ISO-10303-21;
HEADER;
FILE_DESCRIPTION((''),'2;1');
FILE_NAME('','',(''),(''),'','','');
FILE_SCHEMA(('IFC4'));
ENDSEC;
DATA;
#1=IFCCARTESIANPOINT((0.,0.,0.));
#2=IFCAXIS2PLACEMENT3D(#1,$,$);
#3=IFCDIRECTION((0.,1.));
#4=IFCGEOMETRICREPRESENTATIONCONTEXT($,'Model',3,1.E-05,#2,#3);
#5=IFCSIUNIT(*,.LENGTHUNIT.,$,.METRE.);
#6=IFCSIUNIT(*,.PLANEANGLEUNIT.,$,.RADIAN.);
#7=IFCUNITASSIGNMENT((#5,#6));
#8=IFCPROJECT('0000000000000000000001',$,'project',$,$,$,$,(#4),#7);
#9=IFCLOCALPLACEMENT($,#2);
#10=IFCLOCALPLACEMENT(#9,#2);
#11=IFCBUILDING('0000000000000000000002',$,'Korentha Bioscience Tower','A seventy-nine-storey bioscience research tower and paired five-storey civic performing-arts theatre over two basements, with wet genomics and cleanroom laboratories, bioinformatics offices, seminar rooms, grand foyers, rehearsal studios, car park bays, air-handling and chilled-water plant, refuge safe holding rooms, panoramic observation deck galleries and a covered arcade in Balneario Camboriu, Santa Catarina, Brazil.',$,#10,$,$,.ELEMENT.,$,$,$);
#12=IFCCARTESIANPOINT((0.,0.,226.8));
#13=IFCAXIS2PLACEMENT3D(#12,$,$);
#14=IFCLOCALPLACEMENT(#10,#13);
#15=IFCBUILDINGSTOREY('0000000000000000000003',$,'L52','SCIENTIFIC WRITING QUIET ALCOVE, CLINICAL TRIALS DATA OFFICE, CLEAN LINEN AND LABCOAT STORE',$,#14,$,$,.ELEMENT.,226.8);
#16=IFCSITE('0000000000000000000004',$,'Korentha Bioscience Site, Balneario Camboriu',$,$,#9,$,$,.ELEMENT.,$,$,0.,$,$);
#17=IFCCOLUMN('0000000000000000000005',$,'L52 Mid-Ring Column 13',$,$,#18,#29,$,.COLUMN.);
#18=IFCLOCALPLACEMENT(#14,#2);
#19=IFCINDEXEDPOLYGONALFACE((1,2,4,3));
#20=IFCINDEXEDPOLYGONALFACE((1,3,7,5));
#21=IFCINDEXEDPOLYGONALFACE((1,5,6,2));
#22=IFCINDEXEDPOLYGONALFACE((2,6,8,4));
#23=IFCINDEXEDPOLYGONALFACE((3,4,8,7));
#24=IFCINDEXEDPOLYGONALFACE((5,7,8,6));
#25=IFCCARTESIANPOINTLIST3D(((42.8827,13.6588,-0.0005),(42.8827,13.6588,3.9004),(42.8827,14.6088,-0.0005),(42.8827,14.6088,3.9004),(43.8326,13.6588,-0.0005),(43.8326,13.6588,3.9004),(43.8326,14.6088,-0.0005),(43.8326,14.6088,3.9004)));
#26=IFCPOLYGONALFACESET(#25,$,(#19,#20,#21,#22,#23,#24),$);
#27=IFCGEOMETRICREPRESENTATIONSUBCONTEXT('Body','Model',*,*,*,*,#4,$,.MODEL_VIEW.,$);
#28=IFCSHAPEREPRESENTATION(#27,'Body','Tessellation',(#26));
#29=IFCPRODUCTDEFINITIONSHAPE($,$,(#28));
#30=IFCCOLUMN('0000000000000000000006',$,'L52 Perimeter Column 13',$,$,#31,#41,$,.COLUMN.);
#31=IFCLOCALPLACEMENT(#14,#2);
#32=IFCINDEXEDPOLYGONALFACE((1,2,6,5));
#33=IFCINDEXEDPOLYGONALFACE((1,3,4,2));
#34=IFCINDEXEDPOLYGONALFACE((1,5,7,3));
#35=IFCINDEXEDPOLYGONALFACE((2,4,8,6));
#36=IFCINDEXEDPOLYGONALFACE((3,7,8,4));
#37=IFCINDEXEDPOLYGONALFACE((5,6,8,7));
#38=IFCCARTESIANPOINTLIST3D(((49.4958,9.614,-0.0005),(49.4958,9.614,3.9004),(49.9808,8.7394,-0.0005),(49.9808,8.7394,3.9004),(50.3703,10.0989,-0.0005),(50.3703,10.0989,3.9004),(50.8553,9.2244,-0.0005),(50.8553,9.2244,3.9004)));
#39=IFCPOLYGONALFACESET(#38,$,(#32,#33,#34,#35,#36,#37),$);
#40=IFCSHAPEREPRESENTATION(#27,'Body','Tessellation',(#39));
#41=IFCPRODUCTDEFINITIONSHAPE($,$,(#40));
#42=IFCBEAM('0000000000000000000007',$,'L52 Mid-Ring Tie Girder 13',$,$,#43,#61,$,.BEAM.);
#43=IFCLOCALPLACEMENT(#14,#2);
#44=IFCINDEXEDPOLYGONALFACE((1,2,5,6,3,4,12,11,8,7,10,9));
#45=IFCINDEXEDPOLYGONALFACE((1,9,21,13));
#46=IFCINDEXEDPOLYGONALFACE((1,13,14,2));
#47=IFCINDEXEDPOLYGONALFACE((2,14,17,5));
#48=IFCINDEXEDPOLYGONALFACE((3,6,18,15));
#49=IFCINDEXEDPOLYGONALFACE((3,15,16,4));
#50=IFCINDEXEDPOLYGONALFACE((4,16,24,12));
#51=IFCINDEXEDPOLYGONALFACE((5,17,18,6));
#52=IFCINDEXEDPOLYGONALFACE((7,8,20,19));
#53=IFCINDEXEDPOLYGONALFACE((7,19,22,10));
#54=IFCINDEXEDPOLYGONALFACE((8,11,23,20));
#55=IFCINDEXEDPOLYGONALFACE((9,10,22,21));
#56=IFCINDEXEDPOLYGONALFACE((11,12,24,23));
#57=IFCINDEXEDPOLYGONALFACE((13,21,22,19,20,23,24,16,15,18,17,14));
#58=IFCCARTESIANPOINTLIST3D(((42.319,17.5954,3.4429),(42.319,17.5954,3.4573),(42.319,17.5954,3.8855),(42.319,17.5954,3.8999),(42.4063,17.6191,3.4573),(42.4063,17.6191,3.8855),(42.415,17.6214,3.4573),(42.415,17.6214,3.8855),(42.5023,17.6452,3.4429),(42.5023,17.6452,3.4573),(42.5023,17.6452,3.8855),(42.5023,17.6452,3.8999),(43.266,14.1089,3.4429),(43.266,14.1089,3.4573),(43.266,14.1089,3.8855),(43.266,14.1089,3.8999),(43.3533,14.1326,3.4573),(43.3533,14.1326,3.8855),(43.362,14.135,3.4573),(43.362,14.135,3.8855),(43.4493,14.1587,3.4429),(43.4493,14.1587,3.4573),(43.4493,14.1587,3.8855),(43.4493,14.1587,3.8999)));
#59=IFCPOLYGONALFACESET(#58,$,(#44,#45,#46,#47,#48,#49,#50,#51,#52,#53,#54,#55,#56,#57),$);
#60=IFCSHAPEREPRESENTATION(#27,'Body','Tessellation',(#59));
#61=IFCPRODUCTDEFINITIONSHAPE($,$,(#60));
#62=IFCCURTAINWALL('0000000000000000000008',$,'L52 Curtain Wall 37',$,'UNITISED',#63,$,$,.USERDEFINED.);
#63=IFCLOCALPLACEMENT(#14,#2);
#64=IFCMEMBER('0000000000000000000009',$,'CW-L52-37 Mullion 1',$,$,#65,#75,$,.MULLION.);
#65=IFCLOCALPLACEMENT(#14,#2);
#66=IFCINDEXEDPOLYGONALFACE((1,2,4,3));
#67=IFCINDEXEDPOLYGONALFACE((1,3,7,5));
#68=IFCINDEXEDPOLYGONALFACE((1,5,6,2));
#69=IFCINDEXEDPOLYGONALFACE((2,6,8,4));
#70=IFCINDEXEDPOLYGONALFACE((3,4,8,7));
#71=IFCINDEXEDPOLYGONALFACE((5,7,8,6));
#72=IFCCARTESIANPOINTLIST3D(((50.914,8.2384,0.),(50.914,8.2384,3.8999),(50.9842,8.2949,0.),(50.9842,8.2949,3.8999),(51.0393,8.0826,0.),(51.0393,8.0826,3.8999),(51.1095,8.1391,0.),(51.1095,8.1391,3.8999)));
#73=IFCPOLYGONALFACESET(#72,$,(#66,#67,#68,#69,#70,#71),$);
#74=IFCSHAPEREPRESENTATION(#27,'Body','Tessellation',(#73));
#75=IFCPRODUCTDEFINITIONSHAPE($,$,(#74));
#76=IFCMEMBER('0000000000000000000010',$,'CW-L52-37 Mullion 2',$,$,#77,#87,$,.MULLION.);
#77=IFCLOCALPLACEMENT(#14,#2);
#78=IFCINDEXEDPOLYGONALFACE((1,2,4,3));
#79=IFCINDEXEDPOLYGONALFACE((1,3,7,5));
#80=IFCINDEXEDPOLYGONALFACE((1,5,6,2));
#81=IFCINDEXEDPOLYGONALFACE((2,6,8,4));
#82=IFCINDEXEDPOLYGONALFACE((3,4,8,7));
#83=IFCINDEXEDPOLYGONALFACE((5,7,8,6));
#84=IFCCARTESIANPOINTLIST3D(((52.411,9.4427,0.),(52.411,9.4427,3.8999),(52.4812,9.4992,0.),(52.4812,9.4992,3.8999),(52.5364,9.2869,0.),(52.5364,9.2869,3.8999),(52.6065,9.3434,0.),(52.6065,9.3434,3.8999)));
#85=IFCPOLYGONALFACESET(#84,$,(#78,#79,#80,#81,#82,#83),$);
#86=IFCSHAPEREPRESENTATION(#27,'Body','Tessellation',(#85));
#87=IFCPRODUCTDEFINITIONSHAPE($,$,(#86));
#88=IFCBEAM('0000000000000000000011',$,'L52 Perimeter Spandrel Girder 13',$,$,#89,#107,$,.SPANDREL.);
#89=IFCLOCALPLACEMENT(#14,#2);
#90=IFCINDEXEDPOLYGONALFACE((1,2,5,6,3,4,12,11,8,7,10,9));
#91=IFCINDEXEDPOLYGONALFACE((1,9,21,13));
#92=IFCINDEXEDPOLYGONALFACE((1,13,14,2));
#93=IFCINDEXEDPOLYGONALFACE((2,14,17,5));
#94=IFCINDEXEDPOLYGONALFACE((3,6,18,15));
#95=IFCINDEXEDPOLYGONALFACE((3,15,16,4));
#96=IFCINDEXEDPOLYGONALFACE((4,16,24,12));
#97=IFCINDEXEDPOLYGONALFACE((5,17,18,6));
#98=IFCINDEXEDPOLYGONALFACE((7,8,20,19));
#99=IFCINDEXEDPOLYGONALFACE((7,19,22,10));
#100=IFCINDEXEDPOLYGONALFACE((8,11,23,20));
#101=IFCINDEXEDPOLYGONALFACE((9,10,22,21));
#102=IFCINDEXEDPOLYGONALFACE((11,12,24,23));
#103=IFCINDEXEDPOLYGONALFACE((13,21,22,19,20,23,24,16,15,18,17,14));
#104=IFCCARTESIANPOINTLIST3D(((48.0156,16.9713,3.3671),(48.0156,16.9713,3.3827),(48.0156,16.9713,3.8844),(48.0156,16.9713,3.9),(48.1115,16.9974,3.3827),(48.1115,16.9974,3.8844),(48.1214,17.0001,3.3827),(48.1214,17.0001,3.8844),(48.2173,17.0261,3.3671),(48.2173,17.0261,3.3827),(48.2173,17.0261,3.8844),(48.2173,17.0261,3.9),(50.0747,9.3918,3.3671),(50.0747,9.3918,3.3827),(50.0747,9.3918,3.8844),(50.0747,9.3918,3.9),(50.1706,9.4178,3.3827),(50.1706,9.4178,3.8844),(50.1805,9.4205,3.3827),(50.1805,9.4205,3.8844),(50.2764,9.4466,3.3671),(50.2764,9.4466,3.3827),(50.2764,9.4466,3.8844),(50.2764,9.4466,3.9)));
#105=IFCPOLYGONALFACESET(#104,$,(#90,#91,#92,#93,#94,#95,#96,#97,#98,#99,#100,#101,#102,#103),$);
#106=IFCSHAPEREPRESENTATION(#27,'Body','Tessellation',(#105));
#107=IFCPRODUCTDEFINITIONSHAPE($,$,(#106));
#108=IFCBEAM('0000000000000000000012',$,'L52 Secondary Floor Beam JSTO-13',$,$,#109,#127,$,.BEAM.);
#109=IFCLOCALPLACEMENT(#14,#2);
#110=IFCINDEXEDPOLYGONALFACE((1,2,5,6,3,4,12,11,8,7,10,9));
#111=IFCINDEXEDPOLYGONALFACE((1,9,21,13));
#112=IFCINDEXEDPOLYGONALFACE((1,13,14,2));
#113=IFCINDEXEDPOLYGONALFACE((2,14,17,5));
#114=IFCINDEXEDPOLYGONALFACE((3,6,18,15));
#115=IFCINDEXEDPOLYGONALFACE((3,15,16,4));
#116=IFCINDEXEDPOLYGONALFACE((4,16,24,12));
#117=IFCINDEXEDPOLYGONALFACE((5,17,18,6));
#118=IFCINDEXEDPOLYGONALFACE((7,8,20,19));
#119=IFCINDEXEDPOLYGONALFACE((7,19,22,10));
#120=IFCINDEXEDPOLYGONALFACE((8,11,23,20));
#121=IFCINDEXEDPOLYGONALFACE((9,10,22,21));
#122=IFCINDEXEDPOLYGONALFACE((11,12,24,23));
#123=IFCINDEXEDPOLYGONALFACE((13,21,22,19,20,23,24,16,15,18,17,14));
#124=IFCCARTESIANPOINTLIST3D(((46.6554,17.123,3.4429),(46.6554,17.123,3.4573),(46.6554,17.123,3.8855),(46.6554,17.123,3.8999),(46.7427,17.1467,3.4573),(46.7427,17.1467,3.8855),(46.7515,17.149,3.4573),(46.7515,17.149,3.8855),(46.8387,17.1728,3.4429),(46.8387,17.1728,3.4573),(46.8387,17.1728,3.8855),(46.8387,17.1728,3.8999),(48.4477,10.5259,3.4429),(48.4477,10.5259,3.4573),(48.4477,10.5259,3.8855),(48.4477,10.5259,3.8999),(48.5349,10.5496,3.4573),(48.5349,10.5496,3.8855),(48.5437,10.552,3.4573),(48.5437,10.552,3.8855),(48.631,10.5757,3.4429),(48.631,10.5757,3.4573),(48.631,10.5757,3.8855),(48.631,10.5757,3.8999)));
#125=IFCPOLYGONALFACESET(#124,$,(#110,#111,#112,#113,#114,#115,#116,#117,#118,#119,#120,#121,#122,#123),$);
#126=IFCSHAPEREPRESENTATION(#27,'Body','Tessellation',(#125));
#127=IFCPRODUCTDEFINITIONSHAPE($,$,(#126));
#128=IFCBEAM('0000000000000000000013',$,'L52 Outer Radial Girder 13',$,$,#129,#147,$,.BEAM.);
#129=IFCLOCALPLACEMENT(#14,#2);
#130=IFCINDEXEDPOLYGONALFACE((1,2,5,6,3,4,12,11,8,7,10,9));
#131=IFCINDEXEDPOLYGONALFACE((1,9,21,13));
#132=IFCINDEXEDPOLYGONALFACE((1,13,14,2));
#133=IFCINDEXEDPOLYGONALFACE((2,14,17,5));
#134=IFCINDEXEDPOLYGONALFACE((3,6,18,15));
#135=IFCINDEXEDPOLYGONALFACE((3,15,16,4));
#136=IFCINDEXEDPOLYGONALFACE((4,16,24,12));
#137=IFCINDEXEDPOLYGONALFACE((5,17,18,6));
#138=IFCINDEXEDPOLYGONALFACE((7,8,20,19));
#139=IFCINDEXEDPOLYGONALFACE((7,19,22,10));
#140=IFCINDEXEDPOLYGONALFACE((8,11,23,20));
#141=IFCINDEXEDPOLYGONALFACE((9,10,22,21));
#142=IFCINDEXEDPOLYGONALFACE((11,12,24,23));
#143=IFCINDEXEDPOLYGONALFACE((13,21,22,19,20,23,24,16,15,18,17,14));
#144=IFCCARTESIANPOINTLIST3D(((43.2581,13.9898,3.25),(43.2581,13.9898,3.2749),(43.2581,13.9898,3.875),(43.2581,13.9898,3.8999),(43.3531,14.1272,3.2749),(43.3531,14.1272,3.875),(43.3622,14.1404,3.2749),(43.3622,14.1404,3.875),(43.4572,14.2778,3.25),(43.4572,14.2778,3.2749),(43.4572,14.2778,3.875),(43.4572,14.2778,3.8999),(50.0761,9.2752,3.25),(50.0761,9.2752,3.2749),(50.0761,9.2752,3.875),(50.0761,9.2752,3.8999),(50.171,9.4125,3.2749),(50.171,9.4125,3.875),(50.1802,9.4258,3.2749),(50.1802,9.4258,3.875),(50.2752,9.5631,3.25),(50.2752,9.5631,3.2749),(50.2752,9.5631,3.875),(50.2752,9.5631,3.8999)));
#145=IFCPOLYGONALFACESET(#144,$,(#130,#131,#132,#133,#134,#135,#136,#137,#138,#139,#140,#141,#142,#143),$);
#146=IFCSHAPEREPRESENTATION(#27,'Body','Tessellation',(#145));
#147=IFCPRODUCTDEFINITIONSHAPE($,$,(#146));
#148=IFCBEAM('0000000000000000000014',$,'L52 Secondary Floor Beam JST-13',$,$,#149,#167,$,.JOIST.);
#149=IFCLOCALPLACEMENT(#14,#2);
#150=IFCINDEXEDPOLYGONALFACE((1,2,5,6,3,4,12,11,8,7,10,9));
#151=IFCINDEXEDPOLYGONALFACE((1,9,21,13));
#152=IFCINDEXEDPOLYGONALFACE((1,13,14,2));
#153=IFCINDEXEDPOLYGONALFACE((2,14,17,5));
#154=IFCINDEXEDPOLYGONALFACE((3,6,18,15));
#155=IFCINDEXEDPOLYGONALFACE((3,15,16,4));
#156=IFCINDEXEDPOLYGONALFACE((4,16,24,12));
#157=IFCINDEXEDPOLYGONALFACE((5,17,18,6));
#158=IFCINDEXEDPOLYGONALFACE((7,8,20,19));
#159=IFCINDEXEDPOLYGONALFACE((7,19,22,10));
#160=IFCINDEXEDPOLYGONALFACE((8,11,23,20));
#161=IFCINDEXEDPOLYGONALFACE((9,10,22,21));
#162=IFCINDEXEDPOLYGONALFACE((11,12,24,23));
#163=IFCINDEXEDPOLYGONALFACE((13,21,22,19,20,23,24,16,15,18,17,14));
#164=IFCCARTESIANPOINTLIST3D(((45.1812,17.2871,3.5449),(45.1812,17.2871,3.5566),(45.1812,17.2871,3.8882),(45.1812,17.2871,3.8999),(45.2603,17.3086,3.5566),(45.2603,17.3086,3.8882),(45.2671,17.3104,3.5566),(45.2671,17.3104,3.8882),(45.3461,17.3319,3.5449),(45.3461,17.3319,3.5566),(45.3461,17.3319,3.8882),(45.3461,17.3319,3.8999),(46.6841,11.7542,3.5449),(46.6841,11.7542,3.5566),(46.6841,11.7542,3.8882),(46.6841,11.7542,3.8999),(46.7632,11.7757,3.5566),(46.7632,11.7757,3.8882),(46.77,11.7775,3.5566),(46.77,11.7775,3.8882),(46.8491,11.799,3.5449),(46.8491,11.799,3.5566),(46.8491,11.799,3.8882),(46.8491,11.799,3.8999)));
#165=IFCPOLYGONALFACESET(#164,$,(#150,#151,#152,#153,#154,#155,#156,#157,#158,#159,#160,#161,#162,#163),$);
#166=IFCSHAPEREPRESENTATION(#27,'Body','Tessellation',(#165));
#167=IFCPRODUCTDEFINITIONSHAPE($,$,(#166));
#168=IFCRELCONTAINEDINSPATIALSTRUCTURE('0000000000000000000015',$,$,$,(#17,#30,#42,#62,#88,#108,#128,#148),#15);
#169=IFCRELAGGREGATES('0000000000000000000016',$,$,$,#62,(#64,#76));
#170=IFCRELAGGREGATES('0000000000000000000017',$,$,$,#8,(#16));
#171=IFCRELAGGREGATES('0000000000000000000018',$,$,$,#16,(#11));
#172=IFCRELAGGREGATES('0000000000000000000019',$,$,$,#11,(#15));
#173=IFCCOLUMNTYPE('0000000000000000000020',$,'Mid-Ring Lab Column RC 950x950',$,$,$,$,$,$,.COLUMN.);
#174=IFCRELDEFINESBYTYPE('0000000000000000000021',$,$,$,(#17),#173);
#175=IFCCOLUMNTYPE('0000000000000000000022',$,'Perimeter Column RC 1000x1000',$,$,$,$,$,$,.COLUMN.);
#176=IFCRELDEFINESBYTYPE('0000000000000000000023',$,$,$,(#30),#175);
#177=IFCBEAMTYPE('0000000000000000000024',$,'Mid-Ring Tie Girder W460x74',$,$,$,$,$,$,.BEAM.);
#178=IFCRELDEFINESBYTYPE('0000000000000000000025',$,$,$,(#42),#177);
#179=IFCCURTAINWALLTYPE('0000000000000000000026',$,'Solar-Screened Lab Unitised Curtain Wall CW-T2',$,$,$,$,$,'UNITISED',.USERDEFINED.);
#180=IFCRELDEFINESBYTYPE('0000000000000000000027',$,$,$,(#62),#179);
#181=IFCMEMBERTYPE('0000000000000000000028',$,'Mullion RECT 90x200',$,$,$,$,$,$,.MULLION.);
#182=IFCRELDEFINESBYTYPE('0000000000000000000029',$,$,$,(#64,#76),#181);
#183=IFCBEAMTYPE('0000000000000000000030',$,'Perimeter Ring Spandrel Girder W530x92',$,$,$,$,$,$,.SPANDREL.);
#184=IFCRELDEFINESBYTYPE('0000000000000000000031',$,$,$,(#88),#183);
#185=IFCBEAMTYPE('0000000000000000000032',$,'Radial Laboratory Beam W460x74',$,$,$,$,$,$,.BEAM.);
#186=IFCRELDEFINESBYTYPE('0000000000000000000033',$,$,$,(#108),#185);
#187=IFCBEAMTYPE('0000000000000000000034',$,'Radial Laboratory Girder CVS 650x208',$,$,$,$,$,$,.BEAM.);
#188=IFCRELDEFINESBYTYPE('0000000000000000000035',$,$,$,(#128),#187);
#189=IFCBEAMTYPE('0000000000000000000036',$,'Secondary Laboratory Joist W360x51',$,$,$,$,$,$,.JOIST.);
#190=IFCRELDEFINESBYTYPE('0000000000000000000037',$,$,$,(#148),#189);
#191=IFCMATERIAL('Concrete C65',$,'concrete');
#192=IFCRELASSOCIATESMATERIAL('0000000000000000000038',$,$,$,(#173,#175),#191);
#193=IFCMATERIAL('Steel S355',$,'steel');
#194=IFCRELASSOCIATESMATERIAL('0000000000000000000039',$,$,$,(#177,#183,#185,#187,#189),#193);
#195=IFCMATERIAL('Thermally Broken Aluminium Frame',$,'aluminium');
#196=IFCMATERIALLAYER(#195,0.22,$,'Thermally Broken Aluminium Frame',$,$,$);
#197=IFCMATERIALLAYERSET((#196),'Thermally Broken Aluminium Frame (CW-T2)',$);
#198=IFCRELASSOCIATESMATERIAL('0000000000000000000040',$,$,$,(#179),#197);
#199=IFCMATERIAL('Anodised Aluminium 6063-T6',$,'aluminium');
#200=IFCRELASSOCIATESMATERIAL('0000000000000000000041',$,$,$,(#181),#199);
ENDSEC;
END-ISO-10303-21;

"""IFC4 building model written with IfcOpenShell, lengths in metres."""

from ifc_helpers import new_model, si_unit, direction, frame, origin, origin_2d, place, context, subcontext, project, spatial, rectangle, i_section, extrude, material, layer, layer_set, material_profile, profile_set, type_object, element, aggregate, save


model = new_model("IFC4")

# Units and contexts
model_context = context("Model", 3, precision=1e-05, world=origin(), true_north=direction((0.0, 1.0)))
body_context = subcontext(model_context, "Body", "Model", "MODEL_VIEW")
ifc_project = project(units=[si_unit("LENGTHUNIT", "METRE"), si_unit("PLANEANGLEUNIT", "RADIAN")], contexts=[model_context])

# Site, building, storey
site_placement = place(None, origin())
site = spatial("IfcSite", under=ifc_project, at=site_placement, Name="Korentha Bioscience Site, Balneario Camboriu", CompositionType="ELEMENT", RefElevation=0.0)
building_placement = place(site_placement, origin())
building = spatial("IfcBuilding", under=site, at=building_placement, Name="Korentha Bioscience Tower", Description="A seventy-nine-storey bioscience research tower and paired five-storey civic performing-arts theatre over two basements, with wet genomics and cleanroom laboratories, bioinformatics offices, seminar rooms, grand foyers, rehearsal studios, car park bays, air-handling and chilled-water plant, refuge safe holding rooms, panoramic observation deck galleries and a covered arcade in Balneario Camboriu, Santa Catarina, Brazil.", CompositionType="ELEMENT")
storey_placement = place(building_placement, frame((0.0, 0.0, 226.8)))
storey = spatial("IfcBuildingStorey", under=building, at=storey_placement, Name="L52", Description="SCIENTIFIC WRITING QUIET ALCOVE, CLINICAL TRIALS DATA OFFICE, CLEAN LINEN AND LABCOAT STORE", CompositionType="ELEMENT", Elevation=226.8)

# Columns
ifc_material_1 = material(Name="Concrete C65", Category="concrete")
ifc_material_profile_1 = material_profile(ifc_material_1, rectangle(XDim=0.95, YDim=0.95, at=origin_2d()), Name="Concrete C65")
ifc_profile_set_1 = profile_set([ifc_material_profile_1], Name="Concrete C65 (COL-MR09)")
column_type_1 = type_object("IfcColumnType", Name="Mid-Ring Lab Column RC 950x950", PredefinedType="COLUMN", material=ifc_profile_set_1)
column_1_placement = place(storey_placement, frame((43.3577, 14.1338, -0.0005), z_axis=(0.0, 0.0, 1.0), x_axis=(1.0, 0.0, 0.0)))
element("IfcColumn", 1, at=column_1_placement, inside=storey, type_object=column_type_1, Name="L52 Mid-Ring Column 13", PredefinedType="COLUMN", context=body_context, shape_type="SweptSolid", body=[
    extrude(rectangle(XDim=0.95, YDim=0.95, at=origin_2d()), origin(), (0.0, 0.0, 1.0), 3.9009),
])
ifc_material_profile_2 = material_profile(ifc_material_1, rectangle(XDim=1.0, YDim=1.0, at=origin_2d()), Name="Concrete C65")
ifc_profile_set_2 = profile_set([ifc_material_profile_2], Name="Concrete C65 (COL-P10)")
column_type_2 = type_object("IfcColumnType", Name="Perimeter Column RC 1000x1000", PredefinedType="COLUMN", material=ifc_profile_set_2)
column_2_placement = place(storey_placement, frame((50.1755, 9.4192, -0.0005), z_axis=(0.0, 0.0, 1.0), x_axis=(0.874535, 0.484962, 0.0)))
element("IfcColumn", 2, at=column_2_placement, inside=storey, type_object=column_type_2, Name="L52 Perimeter Column 13", PredefinedType="COLUMN", context=body_context, shape_type="SweptSolid", body=[
    extrude(rectangle(XDim=1.0, YDim=1.0, at=origin_2d()), origin(), (0.0, 0.0, 1.0), 3.9009),
])

# Beam
ifc_material_2 = material(Name="Steel S355", Category="steel")
ifc_material_profile_3 = material_profile(ifc_material_2, i_section(OverallWidth=0.1899, OverallDepth=0.457, WebThickness=0.009, FlangeThickness=0.0144, at=origin_2d()), Name="Steel S355")
ifc_profile_set_3 = profile_set([ifc_material_profile_3], Name="Steel S355 (MB-460)")
beam_type_1 = type_object("IfcBeamType", Name="Mid-Ring Tie Girder W460x74", PredefinedType="BEAM", material=ifc_profile_set_3)
beam_1_placement = place(storey_placement, frame((43.3577, 14.1338, 3.6714), z_axis=(-0.262122, 0.965035, 0.0), x_axis=(-0.965035, -0.262122, 0.0)))
element("IfcBeam", 3, at=beam_1_placement, inside=storey, type_object=beam_type_1, Name="L52 Mid-Ring Tie Girder 13", PredefinedType="BEAM", context=body_context, shape_type="SweptSolid", body=[
    extrude(i_section(OverallWidth=0.1899, OverallDepth=0.457, WebThickness=0.009, FlangeThickness=0.0144, at=origin_2d()), origin(), (0.0, 0.0, 1.0), 3.6128),
])

# Curtain wall, members
ifc_material_3 = material(Name="Thermally Broken Aluminium Frame", Category="aluminium")
ifc_layer_1 = layer(ifc_material_3, 0.22, Name="Thermally Broken Aluminium Frame")
ifc_layer_set_1 = layer_set([ifc_layer_1], Name="Thermally Broken Aluminium Frame (CW-T2)")
curtain_wall_type = type_object("IfcCurtainWallType", Name="Solar-Screened Lab Unitised Curtain Wall CW-T2", ElementType="UNITISED", PredefinedType="USERDEFINED", material=ifc_layer_set_1)
curtain_wall_placement = place(storey_placement, origin())
curtain_wall = element("IfcCurtainWall", 4, at=curtain_wall_placement, inside=storey, type_object=curtain_wall_type, Name="L52 Curtain Wall 37", ObjectType="UNITISED", PredefinedType="USERDEFINED")
ifc_material_4 = material(Name="Anodised Aluminium 6063-T6", Category="aluminium")
ifc_material_profile_4 = material_profile(ifc_material_4, rectangle(XDim=0.0901, YDim=0.2, at=origin_2d()), Name="Anodised Aluminium 6063-T6")
ifc_profile_set_4 = profile_set([ifc_material_profile_4], Name="Anodised Aluminium 6063-T6 (CW-MUL)")
member_type_1 = type_object("IfcMemberType", Name="Mullion RECT 90x200", PredefinedType="MULLION", material=ifc_profile_set_4)
member_1_placement = place(storey_placement, frame((51.0117, 8.1887, 0.0), z_axis=(0.0, 0.0, 1.0), x_axis=(0.779198, 0.626778, 0.0)))
member_1 = element("IfcMember", 5, at=member_1_placement, type_object=member_type_1, Name="CW-L52-37 Mullion 1", PredefinedType="MULLION", context=body_context, shape_type="SweptSolid", body=[
    extrude(rectangle(XDim=0.0901, YDim=0.2, at=origin_2d()), origin(), (0.0, 0.0, 1.0), 3.8999),
])
member_2_placement = place(storey_placement, frame((52.5088, 9.3931, 0.0), z_axis=(0.0, 0.0, 1.0), x_axis=(0.779198, 0.626778, 0.0)))
member_2 = element("IfcMember", 6, at=member_2_placement, type_object=member_type_1, Name="CW-L52-37 Mullion 2", PredefinedType="MULLION", context=body_context, shape_type="SweptSolid", body=[
    extrude(rectangle(XDim=0.0901, YDim=0.2, at=origin_2d()), origin(), (0.0, 0.0, 1.0), 3.8999),
])

# Beams
ifc_material_profile_5 = material_profile(ifc_material_2, i_section(OverallWidth=0.209, OverallDepth=0.533, WebThickness=0.0103, FlangeThickness=0.0156, at=origin_2d()), Name="Steel S355")
ifc_profile_set_5 = profile_set([ifc_material_profile_5], Name="Steel S355 (SB-530)")
beam_type_2 = type_object("IfcBeamType", Name="Perimeter Ring Spandrel Girder W530x92", PredefinedType="SPANDREL", material=ifc_profile_set_5)
beam_2_placement = place(storey_placement, frame((50.1755, 9.4192, 3.6335), z_axis=(-0.26216, 0.965024, 0.0), x_axis=(-0.965024, -0.26216, 0.0)))
element("IfcBeam", 7, at=beam_2_placement, inside=storey, type_object=beam_type_2, Name="L52 Perimeter Spandrel Girder 13", PredefinedType="SPANDREL", context=body_context, shape_type="SweptSolid", body=[
    extrude(i_section(OverallWidth=0.209, OverallDepth=0.533, WebThickness=0.0103, FlangeThickness=0.0156, at=origin_2d()), origin(), (0.0, 0.0, 1.0), 7.8542),
])
ifc_material_profile_6 = material_profile(ifc_material_2, i_section(OverallWidth=0.1899, OverallDepth=0.457, WebThickness=0.009, FlangeThickness=0.0144, at=origin_2d()), Name="Steel S355")
ifc_profile_set_6 = profile_set([ifc_material_profile_6], Name="Steel S355 (RB-460)")
beam_type_3 = type_object("IfcBeamType", Name="Radial Laboratory Beam W460x74", PredefinedType="BEAM", material=ifc_profile_set_6)
beam_3_placement = place(storey_placement, frame((48.5393, 10.5508, 3.6714), z_axis=(-0.262165, 0.965023, 0.0), x_axis=(-0.965023, -0.262165, 0.0)))
element("IfcBeam", 8, at=beam_3_placement, inside=storey, type_object=beam_type_3, Name="L52 Secondary Floor Beam JSTO-13", PredefinedType="BEAM", context=body_context, shape_type="SweptSolid", body=[
    extrude(i_section(OverallWidth=0.1899, OverallDepth=0.457, WebThickness=0.009, FlangeThickness=0.0144, at=origin_2d()), origin(), (0.0, 0.0, 1.0), 6.8362),
])
ifc_material_profile_7 = material_profile(ifc_material_2, i_section(OverallWidth=0.3501, OverallDepth=0.6499, WebThickness=0.0161, FlangeThickness=0.0249, at=origin_2d()), Name="Steel S355")
ifc_profile_set_7 = profile_set([ifc_material_profile_7], Name="Steel S355 (RB-650)")
beam_type_4 = type_object("IfcBeamType", Name="Radial Laboratory Girder CVS 650x208", PredefinedType="BEAM", material=ifc_profile_set_7)
beam_4_placement = place(storey_placement, frame((43.3577, 14.1338, 3.575), z_axis=(0.822501, -0.568764, 0.0), x_axis=(0.568764, 0.822501, 0.0)))
element("IfcBeam", 9, at=beam_4_placement, inside=storey, type_object=beam_type_4, Name="L52 Outer Radial Girder 13", PredefinedType="BEAM", context=body_context, shape_type="SweptSolid", body=[
    extrude(i_section(OverallWidth=0.3501, OverallDepth=0.6499, WebThickness=0.0161, FlangeThickness=0.0249, at=origin_2d()), origin(), (0.0, 0.0, 1.0), 8.2893),
])
ifc_material_profile_8 = material_profile(ifc_material_2, i_section(OverallWidth=0.1709, OverallDepth=0.355, WebThickness=0.0071, FlangeThickness=0.0117, at=origin_2d()), Name="Steel S355")
ifc_profile_set_8 = profile_set([ifc_material_profile_8], Name="Steel S355 (JB-360)")
beam_type_5 = type_object("IfcBeamType", Name="Secondary Laboratory Joist W360x51", PredefinedType="JOIST", material=ifc_profile_set_8)
beam_5_placement = place(storey_placement, frame((46.7666, 11.7766, 3.7224), z_axis=(-0.262134, 0.965032, 0.0), x_axis=(-0.965032, -0.262134, 0.0)))
element("IfcBeam", 10, at=beam_5_placement, inside=storey, type_object=beam_type_5, Name="L52 Secondary Floor Beam JST-13", PredefinedType="JOIST", context=body_context, shape_type="SweptSolid", body=[
    extrude(i_section(OverallWidth=0.1709, OverallDepth=0.355, WebThickness=0.0071, FlangeThickness=0.0117, at=origin_2d()), origin(), (0.0, 0.0, 1.0), 5.7334),
])

aggregate(curtain_wall, [member_1, member_2])

save(model, "model.ifc")
